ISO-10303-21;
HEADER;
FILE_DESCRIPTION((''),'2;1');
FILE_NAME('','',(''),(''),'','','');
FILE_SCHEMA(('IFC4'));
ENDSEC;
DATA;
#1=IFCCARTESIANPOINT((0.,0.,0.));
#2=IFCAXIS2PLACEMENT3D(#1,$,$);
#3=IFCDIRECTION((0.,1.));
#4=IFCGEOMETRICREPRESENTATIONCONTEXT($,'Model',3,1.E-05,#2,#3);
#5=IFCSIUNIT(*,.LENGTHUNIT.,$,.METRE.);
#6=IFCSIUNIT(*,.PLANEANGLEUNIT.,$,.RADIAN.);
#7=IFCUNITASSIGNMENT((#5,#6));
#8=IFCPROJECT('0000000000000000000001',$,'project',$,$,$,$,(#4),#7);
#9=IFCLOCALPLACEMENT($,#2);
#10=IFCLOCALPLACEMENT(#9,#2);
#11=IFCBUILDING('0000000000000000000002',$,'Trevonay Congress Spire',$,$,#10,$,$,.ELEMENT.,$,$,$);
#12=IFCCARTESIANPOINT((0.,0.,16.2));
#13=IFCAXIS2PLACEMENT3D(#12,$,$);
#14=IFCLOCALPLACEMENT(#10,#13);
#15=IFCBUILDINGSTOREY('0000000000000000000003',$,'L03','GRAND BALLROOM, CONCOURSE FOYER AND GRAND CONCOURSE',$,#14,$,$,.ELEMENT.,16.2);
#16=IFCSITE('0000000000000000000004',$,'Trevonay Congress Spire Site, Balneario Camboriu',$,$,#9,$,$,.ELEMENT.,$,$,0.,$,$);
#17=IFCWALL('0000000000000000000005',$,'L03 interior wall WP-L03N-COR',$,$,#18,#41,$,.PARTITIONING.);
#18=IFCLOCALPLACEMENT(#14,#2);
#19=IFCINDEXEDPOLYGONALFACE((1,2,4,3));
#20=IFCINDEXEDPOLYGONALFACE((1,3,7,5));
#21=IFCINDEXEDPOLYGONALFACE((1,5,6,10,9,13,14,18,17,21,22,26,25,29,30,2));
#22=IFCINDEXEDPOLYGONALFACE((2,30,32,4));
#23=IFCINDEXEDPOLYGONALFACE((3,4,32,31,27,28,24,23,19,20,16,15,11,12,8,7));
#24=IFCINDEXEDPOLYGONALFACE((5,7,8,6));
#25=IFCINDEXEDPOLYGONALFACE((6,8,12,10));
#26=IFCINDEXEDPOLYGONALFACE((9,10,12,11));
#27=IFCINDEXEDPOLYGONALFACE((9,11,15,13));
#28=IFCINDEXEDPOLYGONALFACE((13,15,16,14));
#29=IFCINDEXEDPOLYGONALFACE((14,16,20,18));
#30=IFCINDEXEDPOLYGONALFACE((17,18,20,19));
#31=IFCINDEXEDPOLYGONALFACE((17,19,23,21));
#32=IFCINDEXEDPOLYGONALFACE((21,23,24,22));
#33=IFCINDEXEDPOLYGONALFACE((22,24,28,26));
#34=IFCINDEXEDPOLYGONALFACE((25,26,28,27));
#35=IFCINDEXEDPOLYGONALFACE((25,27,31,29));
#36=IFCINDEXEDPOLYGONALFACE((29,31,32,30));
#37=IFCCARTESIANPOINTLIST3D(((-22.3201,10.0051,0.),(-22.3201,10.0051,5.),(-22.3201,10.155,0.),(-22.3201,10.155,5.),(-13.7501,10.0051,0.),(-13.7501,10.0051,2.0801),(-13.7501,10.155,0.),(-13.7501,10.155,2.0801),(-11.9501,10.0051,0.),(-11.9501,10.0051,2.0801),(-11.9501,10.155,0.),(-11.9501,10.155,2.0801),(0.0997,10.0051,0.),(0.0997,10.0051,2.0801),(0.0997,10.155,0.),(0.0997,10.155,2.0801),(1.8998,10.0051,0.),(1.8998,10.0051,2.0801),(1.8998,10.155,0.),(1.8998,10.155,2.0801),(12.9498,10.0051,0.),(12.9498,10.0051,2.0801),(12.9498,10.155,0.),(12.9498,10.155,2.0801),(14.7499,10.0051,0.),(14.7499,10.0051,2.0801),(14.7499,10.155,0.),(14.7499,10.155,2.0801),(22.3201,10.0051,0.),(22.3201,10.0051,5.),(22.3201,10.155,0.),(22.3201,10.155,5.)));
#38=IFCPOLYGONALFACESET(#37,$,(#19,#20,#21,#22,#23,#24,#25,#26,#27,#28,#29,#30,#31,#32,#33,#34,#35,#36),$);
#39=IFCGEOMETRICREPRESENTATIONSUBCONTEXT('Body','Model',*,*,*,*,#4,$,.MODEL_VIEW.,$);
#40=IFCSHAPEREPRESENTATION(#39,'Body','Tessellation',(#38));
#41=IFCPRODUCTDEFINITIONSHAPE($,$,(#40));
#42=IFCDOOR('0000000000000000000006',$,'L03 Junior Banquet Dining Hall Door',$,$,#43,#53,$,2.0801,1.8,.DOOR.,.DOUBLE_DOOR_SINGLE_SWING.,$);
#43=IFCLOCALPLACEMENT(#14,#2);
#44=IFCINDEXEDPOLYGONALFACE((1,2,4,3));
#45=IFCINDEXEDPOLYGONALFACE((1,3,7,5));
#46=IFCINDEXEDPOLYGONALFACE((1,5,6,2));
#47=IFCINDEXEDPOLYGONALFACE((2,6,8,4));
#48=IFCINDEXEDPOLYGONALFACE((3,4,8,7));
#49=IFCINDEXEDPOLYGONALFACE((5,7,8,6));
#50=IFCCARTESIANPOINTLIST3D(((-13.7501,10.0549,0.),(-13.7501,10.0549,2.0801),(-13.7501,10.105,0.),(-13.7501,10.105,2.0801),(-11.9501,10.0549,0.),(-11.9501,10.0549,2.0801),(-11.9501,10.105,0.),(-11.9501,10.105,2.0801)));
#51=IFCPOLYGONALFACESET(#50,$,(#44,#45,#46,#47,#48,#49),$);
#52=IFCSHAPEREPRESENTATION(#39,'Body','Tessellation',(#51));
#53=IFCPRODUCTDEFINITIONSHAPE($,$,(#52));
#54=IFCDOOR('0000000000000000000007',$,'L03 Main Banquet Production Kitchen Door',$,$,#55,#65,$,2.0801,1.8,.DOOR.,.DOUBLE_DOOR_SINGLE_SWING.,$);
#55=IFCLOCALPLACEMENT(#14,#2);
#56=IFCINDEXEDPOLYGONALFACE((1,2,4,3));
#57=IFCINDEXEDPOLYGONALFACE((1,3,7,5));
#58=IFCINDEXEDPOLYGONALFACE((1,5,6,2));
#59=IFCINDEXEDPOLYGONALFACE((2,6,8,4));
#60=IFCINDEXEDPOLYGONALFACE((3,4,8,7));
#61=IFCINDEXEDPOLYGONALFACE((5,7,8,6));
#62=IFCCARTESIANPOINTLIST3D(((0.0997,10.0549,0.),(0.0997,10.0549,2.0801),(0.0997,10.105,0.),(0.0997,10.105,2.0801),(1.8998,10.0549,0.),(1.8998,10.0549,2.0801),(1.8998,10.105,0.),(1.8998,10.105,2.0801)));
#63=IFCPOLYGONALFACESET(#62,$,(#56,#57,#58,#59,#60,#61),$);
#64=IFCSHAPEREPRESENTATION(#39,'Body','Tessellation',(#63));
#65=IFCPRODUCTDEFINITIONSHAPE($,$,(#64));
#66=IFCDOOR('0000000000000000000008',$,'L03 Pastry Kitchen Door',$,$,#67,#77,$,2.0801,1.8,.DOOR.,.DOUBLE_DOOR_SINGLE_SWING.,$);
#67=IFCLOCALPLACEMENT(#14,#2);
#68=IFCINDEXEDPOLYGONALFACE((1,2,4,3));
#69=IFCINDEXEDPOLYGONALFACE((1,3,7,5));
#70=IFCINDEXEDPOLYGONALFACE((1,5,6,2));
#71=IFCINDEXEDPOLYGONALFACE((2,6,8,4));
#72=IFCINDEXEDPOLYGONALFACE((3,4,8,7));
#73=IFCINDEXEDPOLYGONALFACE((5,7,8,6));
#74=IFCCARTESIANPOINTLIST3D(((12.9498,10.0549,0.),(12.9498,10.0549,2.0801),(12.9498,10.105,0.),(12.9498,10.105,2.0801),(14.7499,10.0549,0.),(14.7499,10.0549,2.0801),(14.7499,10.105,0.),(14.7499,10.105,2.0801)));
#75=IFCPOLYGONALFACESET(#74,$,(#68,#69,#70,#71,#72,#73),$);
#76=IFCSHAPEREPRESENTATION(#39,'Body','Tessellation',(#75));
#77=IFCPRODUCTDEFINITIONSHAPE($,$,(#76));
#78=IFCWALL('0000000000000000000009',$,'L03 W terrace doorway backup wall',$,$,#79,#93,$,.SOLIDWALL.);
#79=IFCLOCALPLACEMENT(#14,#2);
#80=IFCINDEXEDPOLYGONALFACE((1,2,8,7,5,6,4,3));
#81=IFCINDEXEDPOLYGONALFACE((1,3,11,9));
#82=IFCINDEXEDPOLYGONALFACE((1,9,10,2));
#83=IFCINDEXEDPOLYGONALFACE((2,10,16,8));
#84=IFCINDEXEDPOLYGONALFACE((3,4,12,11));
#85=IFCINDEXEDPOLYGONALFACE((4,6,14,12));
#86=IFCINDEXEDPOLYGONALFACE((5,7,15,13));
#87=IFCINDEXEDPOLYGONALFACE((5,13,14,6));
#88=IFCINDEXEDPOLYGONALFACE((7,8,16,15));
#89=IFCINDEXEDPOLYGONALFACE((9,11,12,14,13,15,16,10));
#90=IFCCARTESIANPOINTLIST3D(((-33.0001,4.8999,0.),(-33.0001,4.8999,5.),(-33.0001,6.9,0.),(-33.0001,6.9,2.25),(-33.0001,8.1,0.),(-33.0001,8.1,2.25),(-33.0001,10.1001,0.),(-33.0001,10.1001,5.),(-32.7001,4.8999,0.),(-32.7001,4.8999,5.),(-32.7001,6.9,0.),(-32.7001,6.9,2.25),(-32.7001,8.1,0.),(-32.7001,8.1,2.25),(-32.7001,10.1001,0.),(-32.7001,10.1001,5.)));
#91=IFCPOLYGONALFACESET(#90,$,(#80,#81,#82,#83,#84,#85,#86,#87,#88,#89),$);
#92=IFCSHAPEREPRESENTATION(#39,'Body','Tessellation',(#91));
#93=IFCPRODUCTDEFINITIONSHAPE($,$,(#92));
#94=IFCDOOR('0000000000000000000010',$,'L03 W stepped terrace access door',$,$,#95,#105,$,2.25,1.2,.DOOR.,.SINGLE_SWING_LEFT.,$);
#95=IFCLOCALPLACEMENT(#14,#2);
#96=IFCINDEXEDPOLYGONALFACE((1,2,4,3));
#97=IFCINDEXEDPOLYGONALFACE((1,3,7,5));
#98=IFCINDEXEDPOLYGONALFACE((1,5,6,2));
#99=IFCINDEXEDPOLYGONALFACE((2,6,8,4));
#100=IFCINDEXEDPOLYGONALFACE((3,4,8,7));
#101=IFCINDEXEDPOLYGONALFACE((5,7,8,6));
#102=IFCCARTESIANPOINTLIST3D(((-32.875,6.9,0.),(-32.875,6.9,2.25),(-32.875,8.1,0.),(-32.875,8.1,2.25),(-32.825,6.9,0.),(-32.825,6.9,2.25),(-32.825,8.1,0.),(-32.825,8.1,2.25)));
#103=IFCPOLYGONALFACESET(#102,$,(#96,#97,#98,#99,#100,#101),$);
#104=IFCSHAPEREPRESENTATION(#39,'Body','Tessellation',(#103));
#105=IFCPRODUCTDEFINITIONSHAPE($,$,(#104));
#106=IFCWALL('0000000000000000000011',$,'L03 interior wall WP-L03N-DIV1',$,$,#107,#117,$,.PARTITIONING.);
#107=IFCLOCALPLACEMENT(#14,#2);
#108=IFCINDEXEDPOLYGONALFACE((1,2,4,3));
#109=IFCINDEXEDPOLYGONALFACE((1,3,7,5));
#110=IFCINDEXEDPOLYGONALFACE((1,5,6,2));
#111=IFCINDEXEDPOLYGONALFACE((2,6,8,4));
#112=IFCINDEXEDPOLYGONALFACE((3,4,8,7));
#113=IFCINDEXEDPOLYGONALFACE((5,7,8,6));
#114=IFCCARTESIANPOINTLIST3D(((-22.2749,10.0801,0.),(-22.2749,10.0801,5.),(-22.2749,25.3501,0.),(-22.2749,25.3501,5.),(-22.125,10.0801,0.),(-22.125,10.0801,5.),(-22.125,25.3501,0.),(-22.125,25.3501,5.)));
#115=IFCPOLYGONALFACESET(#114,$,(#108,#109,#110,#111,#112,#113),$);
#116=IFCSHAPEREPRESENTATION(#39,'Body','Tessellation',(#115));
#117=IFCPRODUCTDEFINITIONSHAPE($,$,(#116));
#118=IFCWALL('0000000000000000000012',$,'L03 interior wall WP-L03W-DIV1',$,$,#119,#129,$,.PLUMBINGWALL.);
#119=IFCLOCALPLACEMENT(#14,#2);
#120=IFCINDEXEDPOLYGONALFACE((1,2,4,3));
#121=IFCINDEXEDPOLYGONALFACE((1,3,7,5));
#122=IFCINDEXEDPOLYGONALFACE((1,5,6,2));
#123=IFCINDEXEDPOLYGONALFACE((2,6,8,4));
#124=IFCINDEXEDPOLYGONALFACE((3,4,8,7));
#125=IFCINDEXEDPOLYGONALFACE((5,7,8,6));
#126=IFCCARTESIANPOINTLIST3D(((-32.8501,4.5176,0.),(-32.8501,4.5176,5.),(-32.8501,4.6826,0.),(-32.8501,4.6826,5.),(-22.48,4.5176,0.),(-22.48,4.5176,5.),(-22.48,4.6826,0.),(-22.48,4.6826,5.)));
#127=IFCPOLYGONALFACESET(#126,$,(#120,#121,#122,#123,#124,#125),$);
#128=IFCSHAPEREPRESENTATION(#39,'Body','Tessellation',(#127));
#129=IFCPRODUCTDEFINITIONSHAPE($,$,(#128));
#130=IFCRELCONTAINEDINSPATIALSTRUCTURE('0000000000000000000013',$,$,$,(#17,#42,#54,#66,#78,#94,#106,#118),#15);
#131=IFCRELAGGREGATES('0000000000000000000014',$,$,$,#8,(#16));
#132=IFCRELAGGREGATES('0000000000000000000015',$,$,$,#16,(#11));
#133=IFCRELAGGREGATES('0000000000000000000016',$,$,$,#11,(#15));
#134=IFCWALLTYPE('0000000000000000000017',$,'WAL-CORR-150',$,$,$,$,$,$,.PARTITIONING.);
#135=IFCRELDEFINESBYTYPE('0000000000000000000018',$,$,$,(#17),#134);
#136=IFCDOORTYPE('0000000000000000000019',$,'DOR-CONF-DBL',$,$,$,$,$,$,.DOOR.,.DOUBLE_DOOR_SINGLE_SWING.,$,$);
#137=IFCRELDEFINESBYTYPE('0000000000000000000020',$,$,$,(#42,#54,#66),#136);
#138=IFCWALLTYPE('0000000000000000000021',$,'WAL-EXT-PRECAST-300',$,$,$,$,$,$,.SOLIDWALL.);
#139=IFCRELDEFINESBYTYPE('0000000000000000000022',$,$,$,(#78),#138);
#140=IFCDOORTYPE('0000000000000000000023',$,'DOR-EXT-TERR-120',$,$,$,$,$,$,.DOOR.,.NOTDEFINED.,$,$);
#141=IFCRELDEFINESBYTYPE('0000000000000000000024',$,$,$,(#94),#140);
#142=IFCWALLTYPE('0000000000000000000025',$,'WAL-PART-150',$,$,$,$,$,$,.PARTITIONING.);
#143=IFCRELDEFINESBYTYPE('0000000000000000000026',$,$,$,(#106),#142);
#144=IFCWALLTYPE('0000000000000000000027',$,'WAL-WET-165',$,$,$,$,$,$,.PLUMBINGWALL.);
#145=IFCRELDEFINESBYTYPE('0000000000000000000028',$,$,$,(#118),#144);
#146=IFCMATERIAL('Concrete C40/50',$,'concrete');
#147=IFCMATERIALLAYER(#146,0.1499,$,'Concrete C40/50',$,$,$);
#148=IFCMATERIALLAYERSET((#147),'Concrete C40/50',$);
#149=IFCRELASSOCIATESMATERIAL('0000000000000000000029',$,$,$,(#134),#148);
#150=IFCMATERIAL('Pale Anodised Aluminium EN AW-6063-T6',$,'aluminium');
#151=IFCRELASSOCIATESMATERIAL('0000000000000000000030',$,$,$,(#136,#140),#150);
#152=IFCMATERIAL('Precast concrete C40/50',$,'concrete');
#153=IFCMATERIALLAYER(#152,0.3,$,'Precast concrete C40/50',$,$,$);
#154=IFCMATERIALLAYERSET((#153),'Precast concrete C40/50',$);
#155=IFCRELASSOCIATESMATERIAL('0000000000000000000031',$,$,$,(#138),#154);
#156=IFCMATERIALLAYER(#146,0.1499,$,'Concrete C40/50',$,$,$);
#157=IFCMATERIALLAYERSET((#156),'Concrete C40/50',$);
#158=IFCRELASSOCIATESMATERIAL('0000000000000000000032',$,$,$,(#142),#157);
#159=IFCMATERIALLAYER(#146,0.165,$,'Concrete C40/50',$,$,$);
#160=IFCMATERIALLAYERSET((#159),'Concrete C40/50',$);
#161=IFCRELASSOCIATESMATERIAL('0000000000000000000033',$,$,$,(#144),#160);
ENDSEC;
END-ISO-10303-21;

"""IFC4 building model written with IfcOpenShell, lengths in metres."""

from ifc_helpers import new_model, si_unit, direction, frame, frame_2d, origin, place, context, subcontext, project, spatial, rectangle, extrude, material, layer, layer_set, type_object, element, fill, save


model = new_model("IFC4")

# Units and contexts
model_context = context("Model", 3, precision=1e-05, world=origin(), true_north=direction((0.0, 1.0)))
body_context = subcontext(model_context, "Body", "Model", "MODEL_VIEW")
ifc_project = project(units=[si_unit("LENGTHUNIT", "METRE"), si_unit("PLANEANGLEUNIT", "RADIAN")], contexts=[model_context])

# Site, building, storey
site_placement = place(None, origin())
site = spatial("IfcSite", under=ifc_project, at=site_placement, Name="Trevonay Congress Spire Site, Balneario Camboriu", CompositionType="ELEMENT", RefElevation=0.0)
building_placement = place(site_placement, origin())
building = spatial("IfcBuilding", under=site, at=building_placement, Name="Trevonay Congress Spire", CompositionType="ELEMENT")
storey_placement = place(building_placement, frame((0.0, 0.0, 16.2)))
storey = spatial("IfcBuildingStorey", under=building, at=storey_placement, Name="L03", Description="GRAND BALLROOM, CONCOURSE FOYER AND GRAND CONCOURSE", CompositionType="ELEMENT", Elevation=16.2)

# Shared definitions
ifc_material_1 = material(Name="Pale Anodised Aluminium EN AW-6063-T6", Category="aluminium")

# Wall, openings, doors
ifc_material_2 = material(Name="Concrete C40/50", Category="concrete")
ifc_layer_1 = layer(ifc_material_2, 0.1499, Name="Concrete C40/50")
ifc_layer_set_1 = layer_set([ifc_layer_1], Name="Concrete C40/50")
wall_type_1 = type_object("IfcWallType", Name="WAL-CORR-150", PredefinedType="PARTITIONING", material=ifc_layer_set_1)
wall_1_placement = place(storey_placement, frame((-22.3201, 10.0801, 0.0), z_axis=(0.0, 0.0, 1.0), x_axis=(1.0, 0.0, 0.0)))
wall_1 = element("IfcWall", 1, at=wall_1_placement, inside=storey, type_object=wall_type_1, Name="L03 interior wall WP-L03N-COR", PredefinedType="PARTITIONING", context=body_context, shape_type="SweptSolid", body=[
    extrude(rectangle(XDim=44.6401, YDim=0.1499, at=frame_2d((22.3201, 0.0))), origin(), (0.0, 0.0, 1.0), 5.0),
])
opening_1_placement = place(wall_1_placement, frame((8.5701, 0.0, 0.0)))
opening_1 = element("IfcOpeningElement", 2, at=opening_1_placement, cuts=wall_1, PredefinedType="OPENING", context=body_context, shape_type="SweptSolid", body=[
    extrude(rectangle(XDim=1.8, YDim=2.0801, at=frame_2d((0.8999, 1.04))), frame((0.0, 0.085, 0.0), z_axis=(0.0, -1.0, 0.0), x_axis=(1.0, 0.0, 0.0)), (0.0, 0.0, 1.0), 0.1699),
])
opening_2_placement = place(wall_1_placement, frame((22.4199, 0.0, 0.0)))
opening_2 = element("IfcOpeningElement", 3, at=opening_2_placement, cuts=wall_1, PredefinedType="OPENING", context=body_context, shape_type="SweptSolid", body=[
    extrude(rectangle(XDim=1.8, YDim=2.0801, at=frame_2d((0.8999, 1.04))), frame((0.0, 0.085, 0.0), z_axis=(0.0, -1.0, 0.0), x_axis=(1.0, 0.0, 0.0)), (0.0, 0.0, 1.0), 0.1699),
])
opening_3_placement = place(wall_1_placement, frame((35.27, 0.0, 0.0)))
opening_3 = element("IfcOpeningElement", 4, at=opening_3_placement, cuts=wall_1, PredefinedType="OPENING", context=body_context, shape_type="SweptSolid", body=[
    extrude(rectangle(XDim=1.8, YDim=2.0801, at=frame_2d((0.8999, 1.04))), frame((0.0, 0.085, 0.0), z_axis=(0.0, -1.0, 0.0), x_axis=(1.0, 0.0, 0.0)), (0.0, 0.0, 1.0), 0.1699),
])
door_type_1 = type_object("IfcDoorType", Name="DOR-CONF-DBL", OperationType="DOUBLE_DOOR_SINGLE_SWING", PredefinedType="DOOR", material=ifc_material_1)
door_1_placement = place(opening_1_placement, origin())
door_1 = element("IfcDoor", 5, at=door_1_placement, inside=storey, type_object=door_type_1, Name="L03 Junior Banquet Dining Hall Door", OperationType="DOUBLE_DOOR_SINGLE_SWING", OverallHeight=2.0801, OverallWidth=1.8, PredefinedType="DOOR", context=body_context, shape_type="SweptSolid", body=[
    extrude(rectangle(XDim=1.8, YDim=2.0801, at=frame_2d((0.8999, 1.04))), frame((0.0, 0.0249, 0.0), z_axis=(0.0, -1.0, 0.0), x_axis=(1.0, 0.0, 0.0)), (0.0, 0.0, 1.0), 0.05),
])
fill(opening_1, door_1)
door_2_placement = place(opening_2_placement, origin())
door_2 = element("IfcDoor", 6, at=door_2_placement, inside=storey, type_object=door_type_1, Name="L03 Main Banquet Production Kitchen Door", OperationType="DOUBLE_DOOR_SINGLE_SWING", OverallHeight=2.0801, OverallWidth=1.8, PredefinedType="DOOR", context=body_context, shape_type="SweptSolid", body=[
    extrude(rectangle(XDim=1.8, YDim=2.0801, at=frame_2d((0.8999, 1.04))), frame((0.0, 0.0249, 0.0), z_axis=(0.0, -1.0, 0.0), x_axis=(1.0, 0.0, 0.0)), (0.0, 0.0, 1.0), 0.05),
])
fill(opening_2, door_2)
door_3_placement = place(opening_3_placement, origin())
door_3 = element("IfcDoor", 7, at=door_3_placement, inside=storey, type_object=door_type_1, Name="L03 Pastry Kitchen Door", OperationType="DOUBLE_DOOR_SINGLE_SWING", OverallHeight=2.0801, OverallWidth=1.8, PredefinedType="DOOR", context=body_context, shape_type="SweptSolid", body=[
    extrude(rectangle(XDim=1.8, YDim=2.0801, at=frame_2d((0.8999, 1.04))), frame((0.0, 0.0249, 0.0), z_axis=(0.0, -1.0, 0.0), x_axis=(1.0, 0.0, 0.0)), (0.0, 0.0, 1.0), 0.05),
])
fill(opening_3, door_3)

# Wall, opening, door
ifc_material_3 = material(Name="Precast concrete C40/50", Category="concrete")
ifc_layer_2 = layer(ifc_material_3, 0.3, Name="Precast concrete C40/50")
ifc_layer_set_2 = layer_set([ifc_layer_2], Name="Precast concrete C40/50")
wall_type_2 = type_object("IfcWallType", Name="WAL-EXT-PRECAST-300", PredefinedType="SOLIDWALL", material=ifc_layer_set_2)
wall_2_placement = place(storey_placement, frame((-32.8501, 4.8999, 0.0), z_axis=(0.0, 0.0, 1.0), x_axis=(0.0, 1.0, 0.0)))
wall_2 = element("IfcWall", 8, at=wall_2_placement, inside=storey, type_object=wall_type_2, Name="L03 W terrace doorway backup wall", PredefinedType="SOLIDWALL", context=body_context, shape_type="SweptSolid", body=[
    extrude(rectangle(XDim=5.2002, YDim=0.3, at=frame_2d((2.6001, 0.0))), origin(), (0.0, 0.0, 1.0), 5.0),
])
opening_4_placement = place(wall_2_placement, frame((2.0, 0.0, 0.0)))
opening_4 = element("IfcOpeningElement", 9, at=opening_4_placement, cuts=wall_2, PredefinedType="OPENING", context=body_context, shape_type="SweptSolid", body=[
    extrude(rectangle(XDim=1.2, YDim=2.25, at=frame_2d((0.6001, 1.125))), frame((0.0, 0.1602, 0.0), z_axis=(0.0, -1.0, 0.0), x_axis=(1.0, 0.0, 0.0)), (0.0, 0.0, 1.0), 0.3201),
])
door_type_2 = type_object("IfcDoorType", Name="DOR-EXT-TERR-120", OperationType="NOTDEFINED", PredefinedType="DOOR", material=ifc_material_1)
door_4_placement = place(opening_4_placement, origin())
door_4 = element("IfcDoor", 10, at=door_4_placement, inside=storey, type_object=door_type_2, Name="L03 W stepped terrace access door", OperationType="SINGLE_SWING_LEFT", OverallHeight=2.25, OverallWidth=1.2, PredefinedType="DOOR", context=body_context, shape_type="SweptSolid", body=[
    extrude(rectangle(XDim=1.2, YDim=2.25, at=frame_2d((0.6001, 1.125))), frame((0.0, 0.0249, 0.0), z_axis=(0.0, -1.0, 0.0), x_axis=(1.0, 0.0, 0.0)), (0.0, 0.0, 1.0), 0.05),
])
fill(opening_4, door_4)

# Walls
ifc_layer_3 = layer(ifc_material_2, 0.1499, Name="Concrete C40/50")
ifc_layer_set_3 = layer_set([ifc_layer_3], Name="Concrete C40/50")
wall_type_3 = type_object("IfcWallType", Name="WAL-PART-150", PredefinedType="PARTITIONING", material=ifc_layer_set_3)
wall_3_placement = place(storey_placement, frame((-22.2, 10.0801, 0.0), z_axis=(0.0, 0.0, 1.0), x_axis=(0.0, 1.0, 0.0)))
element("IfcWall", 11, at=wall_3_placement, inside=storey, type_object=wall_type_3, Name="L03 interior wall WP-L03N-DIV1", PredefinedType="PARTITIONING", context=body_context, shape_type="SweptSolid", body=[
    extrude(rectangle(XDim=15.27, YDim=0.1499, at=frame_2d((7.635, 0.0))), origin(), (0.0, 0.0, 1.0), 5.0),
])
ifc_layer_4 = layer(ifc_material_2, 0.165, Name="Concrete C40/50")
ifc_layer_set_4 = layer_set([ifc_layer_4], Name="Concrete C40/50")
wall_type_4 = type_object("IfcWallType", Name="WAL-WET-165", PredefinedType="PLUMBINGWALL", material=ifc_layer_set_4)
wall_4_placement = place(storey_placement, frame((-32.8501, 4.6001, 0.0), z_axis=(0.0, 0.0, 1.0), x_axis=(1.0, 0.0, 0.0)))
element("IfcWall", 12, at=wall_4_placement, inside=storey, type_object=wall_type_4, Name="L03 interior wall WP-L03W-DIV1", PredefinedType="PLUMBINGWALL", context=body_context, shape_type="SweptSolid", body=[
    extrude(rectangle(XDim=10.3701, YDim=0.165, at=frame_2d((5.1851, 0.0))), origin(), (0.0, 0.0, 1.0), 5.0),
])

save(model, "model.ifc")
